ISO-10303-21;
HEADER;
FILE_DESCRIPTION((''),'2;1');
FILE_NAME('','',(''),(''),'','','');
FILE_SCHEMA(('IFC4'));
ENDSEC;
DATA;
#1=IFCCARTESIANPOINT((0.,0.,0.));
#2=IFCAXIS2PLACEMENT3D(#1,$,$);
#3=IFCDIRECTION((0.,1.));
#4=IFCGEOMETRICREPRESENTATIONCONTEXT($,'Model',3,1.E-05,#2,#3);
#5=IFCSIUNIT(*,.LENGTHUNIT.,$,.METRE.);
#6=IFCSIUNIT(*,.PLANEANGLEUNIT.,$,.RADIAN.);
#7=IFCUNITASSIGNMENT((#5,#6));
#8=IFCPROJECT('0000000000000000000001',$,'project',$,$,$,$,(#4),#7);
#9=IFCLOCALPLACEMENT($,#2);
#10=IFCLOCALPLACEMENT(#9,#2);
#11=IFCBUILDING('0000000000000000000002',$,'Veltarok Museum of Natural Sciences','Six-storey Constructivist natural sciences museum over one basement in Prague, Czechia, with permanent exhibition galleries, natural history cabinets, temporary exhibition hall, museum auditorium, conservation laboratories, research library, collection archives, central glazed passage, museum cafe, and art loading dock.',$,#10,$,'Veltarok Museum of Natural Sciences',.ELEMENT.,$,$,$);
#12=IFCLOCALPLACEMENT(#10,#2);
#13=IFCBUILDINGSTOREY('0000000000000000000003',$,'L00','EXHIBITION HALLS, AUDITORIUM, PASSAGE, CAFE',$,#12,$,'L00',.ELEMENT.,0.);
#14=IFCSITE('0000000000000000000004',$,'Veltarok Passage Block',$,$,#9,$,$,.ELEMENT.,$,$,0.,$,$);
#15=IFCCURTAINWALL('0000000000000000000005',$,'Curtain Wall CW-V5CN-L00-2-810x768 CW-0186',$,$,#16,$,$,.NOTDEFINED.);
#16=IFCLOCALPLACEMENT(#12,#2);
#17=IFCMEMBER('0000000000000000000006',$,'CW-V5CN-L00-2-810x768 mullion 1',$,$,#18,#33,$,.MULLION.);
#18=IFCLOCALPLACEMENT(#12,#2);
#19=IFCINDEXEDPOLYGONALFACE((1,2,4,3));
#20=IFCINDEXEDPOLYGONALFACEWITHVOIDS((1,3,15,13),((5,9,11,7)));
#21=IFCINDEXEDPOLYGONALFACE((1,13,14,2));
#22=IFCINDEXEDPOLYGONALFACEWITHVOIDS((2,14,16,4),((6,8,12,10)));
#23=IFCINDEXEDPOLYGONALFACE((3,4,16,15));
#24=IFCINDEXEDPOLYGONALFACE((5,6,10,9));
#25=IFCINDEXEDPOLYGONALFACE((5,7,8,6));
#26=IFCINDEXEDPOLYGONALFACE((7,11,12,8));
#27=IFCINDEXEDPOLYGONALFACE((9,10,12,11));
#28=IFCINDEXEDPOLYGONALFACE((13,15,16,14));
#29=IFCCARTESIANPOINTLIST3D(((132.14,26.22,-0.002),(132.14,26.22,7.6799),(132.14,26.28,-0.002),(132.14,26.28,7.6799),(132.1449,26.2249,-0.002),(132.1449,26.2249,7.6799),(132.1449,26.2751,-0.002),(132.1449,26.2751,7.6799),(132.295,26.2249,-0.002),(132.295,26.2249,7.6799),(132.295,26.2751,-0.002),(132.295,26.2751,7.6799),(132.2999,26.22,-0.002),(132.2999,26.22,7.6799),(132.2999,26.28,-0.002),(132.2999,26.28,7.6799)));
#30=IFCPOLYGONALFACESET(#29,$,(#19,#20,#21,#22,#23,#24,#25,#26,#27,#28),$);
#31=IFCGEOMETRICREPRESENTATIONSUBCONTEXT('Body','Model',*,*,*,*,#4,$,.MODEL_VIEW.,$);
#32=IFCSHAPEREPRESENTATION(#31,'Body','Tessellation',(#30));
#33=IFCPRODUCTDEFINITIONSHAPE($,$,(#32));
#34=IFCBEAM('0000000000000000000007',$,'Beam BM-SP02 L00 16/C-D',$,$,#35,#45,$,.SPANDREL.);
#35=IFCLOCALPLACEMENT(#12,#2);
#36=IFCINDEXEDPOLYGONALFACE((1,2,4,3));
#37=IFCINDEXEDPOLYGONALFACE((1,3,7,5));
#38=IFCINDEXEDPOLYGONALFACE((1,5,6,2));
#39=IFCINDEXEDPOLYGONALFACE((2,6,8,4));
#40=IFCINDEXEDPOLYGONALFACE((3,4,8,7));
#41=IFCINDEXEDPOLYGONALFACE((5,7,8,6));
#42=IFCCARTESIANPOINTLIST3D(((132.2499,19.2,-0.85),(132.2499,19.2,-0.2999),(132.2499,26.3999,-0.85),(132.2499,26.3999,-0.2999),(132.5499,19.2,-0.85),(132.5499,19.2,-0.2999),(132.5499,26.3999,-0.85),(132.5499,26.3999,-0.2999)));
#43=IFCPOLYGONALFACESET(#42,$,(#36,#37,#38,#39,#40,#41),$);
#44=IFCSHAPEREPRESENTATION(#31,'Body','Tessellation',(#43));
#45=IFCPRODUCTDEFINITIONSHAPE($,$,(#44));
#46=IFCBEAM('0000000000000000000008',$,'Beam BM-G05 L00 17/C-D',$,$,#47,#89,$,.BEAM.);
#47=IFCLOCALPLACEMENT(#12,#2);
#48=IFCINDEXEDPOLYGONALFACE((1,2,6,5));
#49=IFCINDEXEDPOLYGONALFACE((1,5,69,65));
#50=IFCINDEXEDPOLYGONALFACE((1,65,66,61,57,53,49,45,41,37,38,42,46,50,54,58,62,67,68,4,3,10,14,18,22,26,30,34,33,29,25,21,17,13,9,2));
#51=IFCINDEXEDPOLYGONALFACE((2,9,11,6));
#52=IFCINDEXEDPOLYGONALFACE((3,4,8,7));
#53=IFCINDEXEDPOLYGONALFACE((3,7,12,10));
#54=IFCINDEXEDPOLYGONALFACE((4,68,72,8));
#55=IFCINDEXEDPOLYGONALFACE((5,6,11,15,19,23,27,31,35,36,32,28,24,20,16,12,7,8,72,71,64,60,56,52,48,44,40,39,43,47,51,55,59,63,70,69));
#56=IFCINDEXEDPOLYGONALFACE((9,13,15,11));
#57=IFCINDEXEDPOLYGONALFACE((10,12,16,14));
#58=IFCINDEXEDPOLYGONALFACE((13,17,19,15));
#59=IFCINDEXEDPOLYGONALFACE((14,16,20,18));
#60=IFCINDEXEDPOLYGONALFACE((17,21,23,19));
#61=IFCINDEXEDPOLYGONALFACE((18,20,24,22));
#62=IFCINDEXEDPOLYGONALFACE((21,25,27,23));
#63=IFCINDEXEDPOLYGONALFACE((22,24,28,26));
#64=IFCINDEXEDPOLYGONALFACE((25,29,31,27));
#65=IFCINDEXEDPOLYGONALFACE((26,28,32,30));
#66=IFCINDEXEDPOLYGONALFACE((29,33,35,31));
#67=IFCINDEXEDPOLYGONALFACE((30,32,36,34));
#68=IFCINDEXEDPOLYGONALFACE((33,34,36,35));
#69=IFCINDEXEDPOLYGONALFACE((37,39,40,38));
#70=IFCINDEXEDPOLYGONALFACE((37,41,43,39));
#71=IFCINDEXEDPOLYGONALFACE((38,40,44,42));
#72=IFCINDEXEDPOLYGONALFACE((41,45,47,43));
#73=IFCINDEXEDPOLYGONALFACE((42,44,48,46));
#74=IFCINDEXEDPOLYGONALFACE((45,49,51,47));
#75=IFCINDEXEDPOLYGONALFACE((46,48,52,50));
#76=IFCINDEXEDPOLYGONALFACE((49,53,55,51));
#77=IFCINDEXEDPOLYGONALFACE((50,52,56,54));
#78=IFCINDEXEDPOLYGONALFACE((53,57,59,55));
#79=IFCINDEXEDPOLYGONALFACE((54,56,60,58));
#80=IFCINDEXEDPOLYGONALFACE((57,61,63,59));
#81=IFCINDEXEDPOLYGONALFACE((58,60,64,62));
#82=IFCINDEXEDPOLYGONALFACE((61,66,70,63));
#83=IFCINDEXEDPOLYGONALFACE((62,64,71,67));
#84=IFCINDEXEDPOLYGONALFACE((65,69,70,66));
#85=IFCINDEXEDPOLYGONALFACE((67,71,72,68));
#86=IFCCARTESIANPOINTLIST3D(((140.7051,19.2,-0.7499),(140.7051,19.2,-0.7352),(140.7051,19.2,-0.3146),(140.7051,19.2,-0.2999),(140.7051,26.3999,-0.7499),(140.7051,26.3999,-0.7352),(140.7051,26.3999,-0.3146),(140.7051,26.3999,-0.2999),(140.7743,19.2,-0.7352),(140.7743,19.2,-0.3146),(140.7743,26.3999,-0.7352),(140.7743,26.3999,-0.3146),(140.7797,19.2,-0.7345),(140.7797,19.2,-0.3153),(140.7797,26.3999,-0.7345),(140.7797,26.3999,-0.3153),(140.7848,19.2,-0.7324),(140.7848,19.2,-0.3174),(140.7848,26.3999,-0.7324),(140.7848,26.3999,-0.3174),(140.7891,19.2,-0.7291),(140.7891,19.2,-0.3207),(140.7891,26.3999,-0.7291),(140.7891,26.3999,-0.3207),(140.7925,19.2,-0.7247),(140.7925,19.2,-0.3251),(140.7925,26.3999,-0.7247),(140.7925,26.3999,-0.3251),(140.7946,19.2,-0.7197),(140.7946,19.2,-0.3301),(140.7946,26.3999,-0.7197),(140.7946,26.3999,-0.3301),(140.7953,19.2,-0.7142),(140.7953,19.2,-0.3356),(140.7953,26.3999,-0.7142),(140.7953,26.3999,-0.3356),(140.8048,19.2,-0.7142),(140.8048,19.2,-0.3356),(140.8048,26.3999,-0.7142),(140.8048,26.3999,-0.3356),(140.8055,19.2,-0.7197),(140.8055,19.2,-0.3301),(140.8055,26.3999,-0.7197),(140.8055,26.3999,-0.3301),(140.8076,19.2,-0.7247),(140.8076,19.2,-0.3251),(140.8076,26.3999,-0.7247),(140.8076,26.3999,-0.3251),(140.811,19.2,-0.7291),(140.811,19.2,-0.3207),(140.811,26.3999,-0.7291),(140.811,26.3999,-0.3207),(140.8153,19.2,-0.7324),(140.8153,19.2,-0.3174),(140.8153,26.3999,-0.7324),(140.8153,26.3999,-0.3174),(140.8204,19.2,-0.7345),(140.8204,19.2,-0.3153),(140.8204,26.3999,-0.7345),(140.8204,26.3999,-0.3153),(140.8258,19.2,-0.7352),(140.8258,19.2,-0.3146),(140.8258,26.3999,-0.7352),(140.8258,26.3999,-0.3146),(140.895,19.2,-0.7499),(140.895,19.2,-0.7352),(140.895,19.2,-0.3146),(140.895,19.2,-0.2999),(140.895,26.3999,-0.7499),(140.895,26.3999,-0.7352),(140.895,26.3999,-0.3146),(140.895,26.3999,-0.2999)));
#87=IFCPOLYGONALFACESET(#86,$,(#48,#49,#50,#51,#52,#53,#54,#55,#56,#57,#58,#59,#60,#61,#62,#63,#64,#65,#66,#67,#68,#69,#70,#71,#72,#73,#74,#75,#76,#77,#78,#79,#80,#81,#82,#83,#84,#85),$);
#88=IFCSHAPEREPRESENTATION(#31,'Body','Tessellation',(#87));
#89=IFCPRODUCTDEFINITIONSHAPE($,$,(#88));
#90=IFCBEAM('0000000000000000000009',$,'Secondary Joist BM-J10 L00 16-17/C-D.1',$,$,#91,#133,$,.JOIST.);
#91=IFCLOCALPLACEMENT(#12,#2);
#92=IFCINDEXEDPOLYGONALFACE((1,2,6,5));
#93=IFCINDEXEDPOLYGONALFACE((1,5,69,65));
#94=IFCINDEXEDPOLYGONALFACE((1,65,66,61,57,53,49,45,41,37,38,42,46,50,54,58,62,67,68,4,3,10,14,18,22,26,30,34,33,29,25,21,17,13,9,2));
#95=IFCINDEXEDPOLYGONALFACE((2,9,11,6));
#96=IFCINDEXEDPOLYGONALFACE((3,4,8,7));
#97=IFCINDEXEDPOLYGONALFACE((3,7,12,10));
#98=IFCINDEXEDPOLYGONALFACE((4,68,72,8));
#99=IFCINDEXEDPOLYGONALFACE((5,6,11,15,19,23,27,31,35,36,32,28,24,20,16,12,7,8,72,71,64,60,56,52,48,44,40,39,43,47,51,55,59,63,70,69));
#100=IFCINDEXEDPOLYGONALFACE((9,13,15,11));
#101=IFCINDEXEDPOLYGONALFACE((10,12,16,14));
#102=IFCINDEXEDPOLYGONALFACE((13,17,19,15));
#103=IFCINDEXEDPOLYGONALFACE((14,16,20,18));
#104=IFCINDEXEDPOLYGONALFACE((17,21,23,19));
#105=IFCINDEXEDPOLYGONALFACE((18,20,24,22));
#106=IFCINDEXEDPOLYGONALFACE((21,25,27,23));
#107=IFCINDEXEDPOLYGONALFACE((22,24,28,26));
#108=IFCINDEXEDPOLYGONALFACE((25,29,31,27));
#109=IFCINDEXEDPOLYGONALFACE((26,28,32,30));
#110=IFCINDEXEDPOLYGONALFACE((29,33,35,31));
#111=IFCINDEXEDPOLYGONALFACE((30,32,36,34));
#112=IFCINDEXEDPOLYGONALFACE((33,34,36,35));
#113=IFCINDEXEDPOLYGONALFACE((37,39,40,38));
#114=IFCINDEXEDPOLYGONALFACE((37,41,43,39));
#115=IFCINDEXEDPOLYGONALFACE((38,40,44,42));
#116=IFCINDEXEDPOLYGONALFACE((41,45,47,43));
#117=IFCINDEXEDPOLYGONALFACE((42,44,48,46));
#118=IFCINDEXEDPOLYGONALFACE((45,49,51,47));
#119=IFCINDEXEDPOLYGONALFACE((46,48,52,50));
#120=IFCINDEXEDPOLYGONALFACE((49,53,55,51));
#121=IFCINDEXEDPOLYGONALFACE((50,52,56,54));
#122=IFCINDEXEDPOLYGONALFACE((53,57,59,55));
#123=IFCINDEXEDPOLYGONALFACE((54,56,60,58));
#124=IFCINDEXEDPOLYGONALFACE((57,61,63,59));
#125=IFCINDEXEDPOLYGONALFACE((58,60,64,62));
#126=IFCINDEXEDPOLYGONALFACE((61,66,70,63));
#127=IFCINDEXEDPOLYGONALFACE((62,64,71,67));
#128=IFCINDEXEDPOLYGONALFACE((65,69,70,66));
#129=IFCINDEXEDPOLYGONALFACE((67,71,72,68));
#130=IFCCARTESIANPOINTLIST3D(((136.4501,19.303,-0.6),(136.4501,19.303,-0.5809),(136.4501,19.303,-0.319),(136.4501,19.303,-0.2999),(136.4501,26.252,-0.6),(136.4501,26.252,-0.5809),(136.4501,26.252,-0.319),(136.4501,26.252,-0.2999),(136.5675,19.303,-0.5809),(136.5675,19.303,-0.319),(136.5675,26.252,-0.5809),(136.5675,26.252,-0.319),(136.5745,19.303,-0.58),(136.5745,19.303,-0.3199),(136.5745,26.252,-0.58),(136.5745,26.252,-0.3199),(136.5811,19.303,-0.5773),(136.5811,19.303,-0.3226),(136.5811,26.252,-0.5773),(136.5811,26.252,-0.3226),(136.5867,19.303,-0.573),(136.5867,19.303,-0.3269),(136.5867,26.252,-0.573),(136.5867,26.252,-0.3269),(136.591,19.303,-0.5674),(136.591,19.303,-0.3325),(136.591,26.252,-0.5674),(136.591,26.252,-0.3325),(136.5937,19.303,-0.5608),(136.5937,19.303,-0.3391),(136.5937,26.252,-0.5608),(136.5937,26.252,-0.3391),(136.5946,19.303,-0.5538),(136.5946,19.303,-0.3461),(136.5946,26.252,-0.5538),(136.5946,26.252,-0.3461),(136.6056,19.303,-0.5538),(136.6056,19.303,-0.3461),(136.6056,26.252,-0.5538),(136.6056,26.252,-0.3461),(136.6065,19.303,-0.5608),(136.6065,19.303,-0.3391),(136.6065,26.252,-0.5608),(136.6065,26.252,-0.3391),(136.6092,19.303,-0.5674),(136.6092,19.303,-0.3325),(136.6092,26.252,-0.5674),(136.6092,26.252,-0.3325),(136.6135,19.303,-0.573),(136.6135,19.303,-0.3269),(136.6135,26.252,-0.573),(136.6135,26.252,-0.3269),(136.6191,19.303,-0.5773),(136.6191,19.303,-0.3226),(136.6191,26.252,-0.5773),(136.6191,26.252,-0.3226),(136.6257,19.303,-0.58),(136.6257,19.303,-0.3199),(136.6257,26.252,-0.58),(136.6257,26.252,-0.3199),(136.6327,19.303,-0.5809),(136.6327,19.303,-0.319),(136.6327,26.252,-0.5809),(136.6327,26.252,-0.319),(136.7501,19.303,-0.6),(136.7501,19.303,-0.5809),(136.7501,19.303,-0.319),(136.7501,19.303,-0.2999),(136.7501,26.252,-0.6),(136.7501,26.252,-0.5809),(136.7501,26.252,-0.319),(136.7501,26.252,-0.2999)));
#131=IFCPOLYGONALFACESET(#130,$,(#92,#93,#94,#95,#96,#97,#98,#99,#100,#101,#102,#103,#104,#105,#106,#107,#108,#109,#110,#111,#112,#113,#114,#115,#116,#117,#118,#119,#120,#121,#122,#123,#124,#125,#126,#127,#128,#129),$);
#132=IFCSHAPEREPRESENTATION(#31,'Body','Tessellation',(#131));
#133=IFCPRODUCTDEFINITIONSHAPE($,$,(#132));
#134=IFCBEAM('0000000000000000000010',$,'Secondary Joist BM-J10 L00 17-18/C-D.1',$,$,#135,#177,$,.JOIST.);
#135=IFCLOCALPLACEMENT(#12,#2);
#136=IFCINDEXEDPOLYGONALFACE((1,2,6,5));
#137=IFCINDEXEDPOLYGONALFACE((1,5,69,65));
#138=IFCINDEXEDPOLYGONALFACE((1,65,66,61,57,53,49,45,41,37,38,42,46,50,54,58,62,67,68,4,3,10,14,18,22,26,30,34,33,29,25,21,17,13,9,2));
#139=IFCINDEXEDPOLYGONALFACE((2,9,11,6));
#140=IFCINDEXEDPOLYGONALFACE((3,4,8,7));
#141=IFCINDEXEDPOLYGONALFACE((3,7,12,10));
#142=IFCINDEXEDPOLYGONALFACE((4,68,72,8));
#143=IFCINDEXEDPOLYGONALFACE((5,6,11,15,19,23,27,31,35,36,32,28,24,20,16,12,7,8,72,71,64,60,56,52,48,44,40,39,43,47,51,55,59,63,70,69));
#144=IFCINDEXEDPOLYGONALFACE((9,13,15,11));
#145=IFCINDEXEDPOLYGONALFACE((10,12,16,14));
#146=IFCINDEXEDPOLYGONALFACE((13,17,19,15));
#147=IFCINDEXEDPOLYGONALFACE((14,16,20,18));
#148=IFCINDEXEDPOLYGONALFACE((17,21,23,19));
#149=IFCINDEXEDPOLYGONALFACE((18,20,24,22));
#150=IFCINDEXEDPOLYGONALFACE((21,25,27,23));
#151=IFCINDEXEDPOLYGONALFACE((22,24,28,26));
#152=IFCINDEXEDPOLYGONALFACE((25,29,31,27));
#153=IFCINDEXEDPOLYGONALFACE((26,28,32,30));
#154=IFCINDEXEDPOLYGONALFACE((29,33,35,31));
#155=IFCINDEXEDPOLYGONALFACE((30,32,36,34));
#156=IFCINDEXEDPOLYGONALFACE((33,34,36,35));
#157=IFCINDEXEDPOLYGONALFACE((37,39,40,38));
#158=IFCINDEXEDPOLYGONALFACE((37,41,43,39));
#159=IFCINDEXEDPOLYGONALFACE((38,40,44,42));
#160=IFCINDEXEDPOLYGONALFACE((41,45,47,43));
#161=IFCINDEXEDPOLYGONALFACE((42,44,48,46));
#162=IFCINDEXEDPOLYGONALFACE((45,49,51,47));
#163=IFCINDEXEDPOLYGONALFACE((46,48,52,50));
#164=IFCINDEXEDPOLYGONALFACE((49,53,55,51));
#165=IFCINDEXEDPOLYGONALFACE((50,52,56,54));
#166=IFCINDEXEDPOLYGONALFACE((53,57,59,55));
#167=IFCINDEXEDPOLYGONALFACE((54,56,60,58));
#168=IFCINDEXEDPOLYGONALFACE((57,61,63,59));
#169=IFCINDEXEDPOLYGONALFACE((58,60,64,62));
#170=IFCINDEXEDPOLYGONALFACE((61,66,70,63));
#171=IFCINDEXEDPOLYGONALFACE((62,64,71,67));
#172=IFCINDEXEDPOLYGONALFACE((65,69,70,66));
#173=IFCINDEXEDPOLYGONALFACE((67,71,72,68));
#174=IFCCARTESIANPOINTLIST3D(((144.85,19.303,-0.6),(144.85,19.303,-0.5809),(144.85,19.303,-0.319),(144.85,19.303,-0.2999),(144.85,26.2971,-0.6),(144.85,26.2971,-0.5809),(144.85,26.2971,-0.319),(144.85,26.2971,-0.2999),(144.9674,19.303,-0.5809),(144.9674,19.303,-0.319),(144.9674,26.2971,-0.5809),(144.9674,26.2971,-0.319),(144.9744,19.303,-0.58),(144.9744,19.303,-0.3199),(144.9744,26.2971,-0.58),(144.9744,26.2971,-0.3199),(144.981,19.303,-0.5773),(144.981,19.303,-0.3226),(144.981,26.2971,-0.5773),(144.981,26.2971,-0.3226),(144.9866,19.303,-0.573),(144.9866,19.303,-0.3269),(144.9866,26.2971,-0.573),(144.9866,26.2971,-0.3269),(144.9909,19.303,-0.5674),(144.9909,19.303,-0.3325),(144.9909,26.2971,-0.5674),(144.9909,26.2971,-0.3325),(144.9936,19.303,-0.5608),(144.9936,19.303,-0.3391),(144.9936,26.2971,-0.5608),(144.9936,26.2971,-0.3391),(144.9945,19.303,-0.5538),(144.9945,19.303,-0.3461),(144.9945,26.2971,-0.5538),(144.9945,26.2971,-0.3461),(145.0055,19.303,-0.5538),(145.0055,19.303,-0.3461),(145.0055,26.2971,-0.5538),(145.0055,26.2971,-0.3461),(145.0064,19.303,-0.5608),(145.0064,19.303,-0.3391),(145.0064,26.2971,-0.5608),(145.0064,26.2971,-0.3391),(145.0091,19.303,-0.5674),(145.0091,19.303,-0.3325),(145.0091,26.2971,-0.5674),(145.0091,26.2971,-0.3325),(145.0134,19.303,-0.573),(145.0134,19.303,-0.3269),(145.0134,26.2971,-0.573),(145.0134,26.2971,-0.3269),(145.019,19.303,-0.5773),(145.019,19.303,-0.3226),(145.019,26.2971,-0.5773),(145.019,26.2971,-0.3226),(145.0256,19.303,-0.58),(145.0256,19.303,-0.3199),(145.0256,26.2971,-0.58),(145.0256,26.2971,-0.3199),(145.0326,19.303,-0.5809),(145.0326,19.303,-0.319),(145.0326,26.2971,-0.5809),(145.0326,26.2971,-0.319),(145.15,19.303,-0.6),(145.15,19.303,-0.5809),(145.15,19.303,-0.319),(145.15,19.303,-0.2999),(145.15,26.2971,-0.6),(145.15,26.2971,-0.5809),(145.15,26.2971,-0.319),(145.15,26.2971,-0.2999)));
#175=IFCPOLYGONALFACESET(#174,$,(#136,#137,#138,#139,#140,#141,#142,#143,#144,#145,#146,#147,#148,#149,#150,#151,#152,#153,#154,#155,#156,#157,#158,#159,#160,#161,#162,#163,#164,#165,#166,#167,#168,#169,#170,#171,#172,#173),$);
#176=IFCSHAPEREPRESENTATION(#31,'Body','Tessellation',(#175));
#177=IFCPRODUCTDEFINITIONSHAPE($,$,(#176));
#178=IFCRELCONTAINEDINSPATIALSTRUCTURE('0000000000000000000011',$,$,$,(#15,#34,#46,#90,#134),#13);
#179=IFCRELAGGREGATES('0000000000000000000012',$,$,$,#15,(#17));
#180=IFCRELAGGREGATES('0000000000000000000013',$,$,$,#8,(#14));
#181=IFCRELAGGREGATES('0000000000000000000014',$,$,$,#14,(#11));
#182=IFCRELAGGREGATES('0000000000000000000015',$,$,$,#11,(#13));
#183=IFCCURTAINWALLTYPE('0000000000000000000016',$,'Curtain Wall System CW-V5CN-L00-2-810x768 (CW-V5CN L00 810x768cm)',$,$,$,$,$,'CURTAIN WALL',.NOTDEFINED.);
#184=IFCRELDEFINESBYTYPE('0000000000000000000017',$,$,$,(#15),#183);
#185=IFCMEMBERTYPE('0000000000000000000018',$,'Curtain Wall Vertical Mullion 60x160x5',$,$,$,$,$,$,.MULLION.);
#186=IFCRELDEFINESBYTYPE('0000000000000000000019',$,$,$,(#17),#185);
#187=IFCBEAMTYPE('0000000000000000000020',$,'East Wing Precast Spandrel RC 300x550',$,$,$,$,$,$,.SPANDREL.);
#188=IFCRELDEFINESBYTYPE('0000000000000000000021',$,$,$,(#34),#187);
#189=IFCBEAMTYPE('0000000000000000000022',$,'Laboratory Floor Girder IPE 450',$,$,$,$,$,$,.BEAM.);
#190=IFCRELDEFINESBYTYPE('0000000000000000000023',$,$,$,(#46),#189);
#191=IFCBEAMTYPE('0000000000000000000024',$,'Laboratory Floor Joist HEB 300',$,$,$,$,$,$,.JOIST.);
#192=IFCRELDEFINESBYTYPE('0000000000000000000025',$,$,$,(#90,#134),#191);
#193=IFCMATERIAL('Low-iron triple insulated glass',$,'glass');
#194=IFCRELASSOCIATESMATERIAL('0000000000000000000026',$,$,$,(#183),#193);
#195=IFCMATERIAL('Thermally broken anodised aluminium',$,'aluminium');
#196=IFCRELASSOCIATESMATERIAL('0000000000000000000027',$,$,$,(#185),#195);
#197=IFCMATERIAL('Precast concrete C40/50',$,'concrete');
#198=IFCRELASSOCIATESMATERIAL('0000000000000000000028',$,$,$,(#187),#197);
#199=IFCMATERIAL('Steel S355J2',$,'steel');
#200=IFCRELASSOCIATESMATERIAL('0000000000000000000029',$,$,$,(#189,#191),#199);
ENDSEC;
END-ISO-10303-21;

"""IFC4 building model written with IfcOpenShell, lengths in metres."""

from ifc_helpers import new_model, si_unit, direction, frame, origin, origin_2d, place, context, subcontext, project, spatial, rectangle, hollow_rectangle, i_section, extrude, material, material_profile, profile_set, type_object, element, aggregate, save


model = new_model("IFC4")

# Units and contexts
model_context = context("Model", 3, precision=1e-05, world=origin(), true_north=direction((0.0, 1.0)))
body_context = subcontext(model_context, "Body", "Model", "MODEL_VIEW")
ifc_project = project(units=[si_unit("LENGTHUNIT", "METRE"), si_unit("PLANEANGLEUNIT", "RADIAN")], contexts=[model_context])

# Site, building, storey
site_placement = place(None, origin())
site = spatial("IfcSite", under=ifc_project, at=site_placement, Name="Veltarok Passage Block", CompositionType="ELEMENT", RefElevation=0.0)
building_placement = place(site_placement, origin())
building = spatial("IfcBuilding", under=site, at=building_placement, Name="Veltarok Museum of Natural Sciences", Description="Six-storey Constructivist natural sciences museum over one basement in Prague, Czechia, with permanent exhibition galleries, natural history cabinets, temporary exhibition hall, museum auditorium, conservation laboratories, research library, collection archives, central glazed passage, museum cafe, and art loading dock.", LongName="Veltarok Museum of Natural Sciences", CompositionType="ELEMENT")
storey_placement = place(building_placement, origin())
storey = spatial("IfcBuildingStorey", under=building, at=storey_placement, Name="L00", Description="EXHIBITION HALLS, AUDITORIUM, PASSAGE, CAFE", LongName="L00", CompositionType="ELEMENT", Elevation=0.0)

# Shared definitions
ifc_material_1 = material(Name="Steel S355J2", Category="steel")

# Curtain wall, member
ifc_material_2 = material(Name="Low-iron triple insulated glass", Category="glass")
curtain_wall_type = type_object("IfcCurtainWallType", Name="Curtain Wall System CW-V5CN-L00-2-810x768 (CW-V5CN L00 810x768cm)", ElementType="CURTAIN WALL", PredefinedType="NOTDEFINED", material=ifc_material_2)
curtain_wall_placement = place(storey_placement, origin())
curtain_wall = element("IfcCurtainWall", 1, at=curtain_wall_placement, inside=storey, type_object=curtain_wall_type, Name="Curtain Wall CW-V5CN-L00-2-810x768 CW-0186", PredefinedType="NOTDEFINED")
ifc_material_3 = material(Name="Thermally broken anodised aluminium", Category="aluminium")
ifc_material_profile_1 = material_profile(ifc_material_3, hollow_rectangle(XDim=0.0601, YDim=0.1599, WallThickness=0.0049, at=origin_2d()), Name="CW MULLION 60x160x5")
ifc_profile_set_1 = profile_set([ifc_material_profile_1], Name="Thermally broken anodised aluminium")
member_type_1 = type_object("IfcMemberType", Name="Curtain Wall Vertical Mullion 60x160x5", PredefinedType="MULLION", material=ifc_profile_set_1)
member_1_placement = place(storey_placement, frame((132.22, 26.25, -0.002), z_axis=(0.0, 0.0, 1.0), x_axis=(0.0, -1.0, 0.0)))
member_1 = element("IfcMember", 2, at=member_1_placement, type_object=member_type_1, Name="CW-V5CN-L00-2-810x768 mullion 1", PredefinedType="MULLION", context=body_context, shape_type="SweptSolid", body=[
    extrude(hollow_rectangle(XDim=0.0601, YDim=0.1599, WallThickness=0.0049, at=origin_2d()), origin(), (0.0, 0.0, 1.0), 7.6819),
])
aggregate(curtain_wall, [member_1])

# Beams
ifc_material_4 = material(Name="Precast concrete C40/50", Category="concrete")
ifc_material_profile_2 = material_profile(ifc_material_4, rectangle(XDim=0.3, YDim=0.55, at=origin_2d()), Name="RC 300x550")
ifc_profile_set_2 = profile_set([ifc_material_profile_2], Name="Precast concrete C40/50")
beam_type_1 = type_object("IfcBeamType", Name="East Wing Precast Spandrel RC 300x550", PredefinedType="SPANDREL", material=ifc_profile_set_2)
beam_1_placement = place(storey_placement, frame((132.3999, 19.2, -0.575), z_axis=(0.0, 1.0, 0.0), x_axis=(-1.0, 0.0, 0.0)))
element("IfcBeam", 3, at=beam_1_placement, inside=storey, type_object=beam_type_1, Name="Beam BM-SP02 L00 16/C-D", PredefinedType="SPANDREL", context=body_context, shape_type="SweptSolid", body=[
    extrude(rectangle(XDim=0.3, YDim=0.55, at=origin_2d()), origin(), (0.0, 0.0, 1.0), 7.2),
])
ifc_material_profile_3 = material_profile(ifc_material_1, i_section(OverallWidth=0.1899, OverallDepth=0.45, WebThickness=0.0095, FlangeThickness=0.0146, FilletRadius=0.021, at=origin_2d()), Name="IPE 450")
ifc_profile_set_3 = profile_set([ifc_material_profile_3], Name="Steel S355J2")
beam_type_2 = type_object("IfcBeamType", Name="Laboratory Floor Girder IPE 450", PredefinedType="BEAM", material=ifc_profile_set_3)
beam_2_placement = place(storey_placement, frame((140.8, 19.2, -0.5249), z_axis=(0.0, 1.0, 0.0), x_axis=(-1.0, 0.0, 0.0)))
element("IfcBeam", 4, at=beam_2_placement, inside=storey, type_object=beam_type_2, Name="Beam BM-G05 L00 17/C-D", PredefinedType="BEAM", context=body_context, shape_type="SweptSolid", body=[
    extrude(i_section(OverallWidth=0.1899, OverallDepth=0.45, WebThickness=0.0095, FlangeThickness=0.0146, FilletRadius=0.021, at=origin_2d()), origin(), (0.0, 0.0, 1.0), 7.2),
])
ifc_material_profile_4 = material_profile(ifc_material_1, i_section(OverallWidth=0.3, OverallDepth=0.3, WebThickness=0.011, FlangeThickness=0.019, FilletRadius=0.0271, at=origin_2d()), Name="HEB 300")
ifc_profile_set_4 = profile_set([ifc_material_profile_4], Name="Steel S355J2")
beam_type_3 = type_object("IfcBeamType", Name="Laboratory Floor Joist HEB 300", PredefinedType="JOIST", material=ifc_profile_set_4)
beam_3_placement = place(storey_placement, frame((136.6001, 19.303, -0.45), z_axis=(0.0, 1.0, 0.0), x_axis=(-1.0, 0.0, 0.0)))
element("IfcBeam", 5, at=beam_3_placement, inside=storey, type_object=beam_type_3, Name="Secondary Joist BM-J10 L00 16-17/C-D.1", PredefinedType="JOIST", context=body_context, shape_type="SweptSolid", body=[
    extrude(i_section(OverallWidth=0.3, OverallDepth=0.3, WebThickness=0.011, FlangeThickness=0.019, FilletRadius=0.0271, at=origin_2d()), origin(), (0.0, 0.0, 1.0), 6.949),
])
beam_4_placement = place(storey_placement, frame((145.0, 19.303, -0.45), z_axis=(0.0, 1.0, 0.0), x_axis=(-1.0, 0.0, 0.0)))
element("IfcBeam", 6, at=beam_4_placement, inside=storey, type_object=beam_type_3, Name="Secondary Joist BM-J10 L00 17-18/C-D.1", PredefinedType="JOIST", context=body_context, shape_type="SweptSolid", body=[
    extrude(i_section(OverallWidth=0.3, OverallDepth=0.3, WebThickness=0.011, FlangeThickness=0.019, FilletRadius=0.0271, at=origin_2d()), origin(), (0.0, 0.0, 1.0), 6.9941),
])

save(model, "model.ifc")
